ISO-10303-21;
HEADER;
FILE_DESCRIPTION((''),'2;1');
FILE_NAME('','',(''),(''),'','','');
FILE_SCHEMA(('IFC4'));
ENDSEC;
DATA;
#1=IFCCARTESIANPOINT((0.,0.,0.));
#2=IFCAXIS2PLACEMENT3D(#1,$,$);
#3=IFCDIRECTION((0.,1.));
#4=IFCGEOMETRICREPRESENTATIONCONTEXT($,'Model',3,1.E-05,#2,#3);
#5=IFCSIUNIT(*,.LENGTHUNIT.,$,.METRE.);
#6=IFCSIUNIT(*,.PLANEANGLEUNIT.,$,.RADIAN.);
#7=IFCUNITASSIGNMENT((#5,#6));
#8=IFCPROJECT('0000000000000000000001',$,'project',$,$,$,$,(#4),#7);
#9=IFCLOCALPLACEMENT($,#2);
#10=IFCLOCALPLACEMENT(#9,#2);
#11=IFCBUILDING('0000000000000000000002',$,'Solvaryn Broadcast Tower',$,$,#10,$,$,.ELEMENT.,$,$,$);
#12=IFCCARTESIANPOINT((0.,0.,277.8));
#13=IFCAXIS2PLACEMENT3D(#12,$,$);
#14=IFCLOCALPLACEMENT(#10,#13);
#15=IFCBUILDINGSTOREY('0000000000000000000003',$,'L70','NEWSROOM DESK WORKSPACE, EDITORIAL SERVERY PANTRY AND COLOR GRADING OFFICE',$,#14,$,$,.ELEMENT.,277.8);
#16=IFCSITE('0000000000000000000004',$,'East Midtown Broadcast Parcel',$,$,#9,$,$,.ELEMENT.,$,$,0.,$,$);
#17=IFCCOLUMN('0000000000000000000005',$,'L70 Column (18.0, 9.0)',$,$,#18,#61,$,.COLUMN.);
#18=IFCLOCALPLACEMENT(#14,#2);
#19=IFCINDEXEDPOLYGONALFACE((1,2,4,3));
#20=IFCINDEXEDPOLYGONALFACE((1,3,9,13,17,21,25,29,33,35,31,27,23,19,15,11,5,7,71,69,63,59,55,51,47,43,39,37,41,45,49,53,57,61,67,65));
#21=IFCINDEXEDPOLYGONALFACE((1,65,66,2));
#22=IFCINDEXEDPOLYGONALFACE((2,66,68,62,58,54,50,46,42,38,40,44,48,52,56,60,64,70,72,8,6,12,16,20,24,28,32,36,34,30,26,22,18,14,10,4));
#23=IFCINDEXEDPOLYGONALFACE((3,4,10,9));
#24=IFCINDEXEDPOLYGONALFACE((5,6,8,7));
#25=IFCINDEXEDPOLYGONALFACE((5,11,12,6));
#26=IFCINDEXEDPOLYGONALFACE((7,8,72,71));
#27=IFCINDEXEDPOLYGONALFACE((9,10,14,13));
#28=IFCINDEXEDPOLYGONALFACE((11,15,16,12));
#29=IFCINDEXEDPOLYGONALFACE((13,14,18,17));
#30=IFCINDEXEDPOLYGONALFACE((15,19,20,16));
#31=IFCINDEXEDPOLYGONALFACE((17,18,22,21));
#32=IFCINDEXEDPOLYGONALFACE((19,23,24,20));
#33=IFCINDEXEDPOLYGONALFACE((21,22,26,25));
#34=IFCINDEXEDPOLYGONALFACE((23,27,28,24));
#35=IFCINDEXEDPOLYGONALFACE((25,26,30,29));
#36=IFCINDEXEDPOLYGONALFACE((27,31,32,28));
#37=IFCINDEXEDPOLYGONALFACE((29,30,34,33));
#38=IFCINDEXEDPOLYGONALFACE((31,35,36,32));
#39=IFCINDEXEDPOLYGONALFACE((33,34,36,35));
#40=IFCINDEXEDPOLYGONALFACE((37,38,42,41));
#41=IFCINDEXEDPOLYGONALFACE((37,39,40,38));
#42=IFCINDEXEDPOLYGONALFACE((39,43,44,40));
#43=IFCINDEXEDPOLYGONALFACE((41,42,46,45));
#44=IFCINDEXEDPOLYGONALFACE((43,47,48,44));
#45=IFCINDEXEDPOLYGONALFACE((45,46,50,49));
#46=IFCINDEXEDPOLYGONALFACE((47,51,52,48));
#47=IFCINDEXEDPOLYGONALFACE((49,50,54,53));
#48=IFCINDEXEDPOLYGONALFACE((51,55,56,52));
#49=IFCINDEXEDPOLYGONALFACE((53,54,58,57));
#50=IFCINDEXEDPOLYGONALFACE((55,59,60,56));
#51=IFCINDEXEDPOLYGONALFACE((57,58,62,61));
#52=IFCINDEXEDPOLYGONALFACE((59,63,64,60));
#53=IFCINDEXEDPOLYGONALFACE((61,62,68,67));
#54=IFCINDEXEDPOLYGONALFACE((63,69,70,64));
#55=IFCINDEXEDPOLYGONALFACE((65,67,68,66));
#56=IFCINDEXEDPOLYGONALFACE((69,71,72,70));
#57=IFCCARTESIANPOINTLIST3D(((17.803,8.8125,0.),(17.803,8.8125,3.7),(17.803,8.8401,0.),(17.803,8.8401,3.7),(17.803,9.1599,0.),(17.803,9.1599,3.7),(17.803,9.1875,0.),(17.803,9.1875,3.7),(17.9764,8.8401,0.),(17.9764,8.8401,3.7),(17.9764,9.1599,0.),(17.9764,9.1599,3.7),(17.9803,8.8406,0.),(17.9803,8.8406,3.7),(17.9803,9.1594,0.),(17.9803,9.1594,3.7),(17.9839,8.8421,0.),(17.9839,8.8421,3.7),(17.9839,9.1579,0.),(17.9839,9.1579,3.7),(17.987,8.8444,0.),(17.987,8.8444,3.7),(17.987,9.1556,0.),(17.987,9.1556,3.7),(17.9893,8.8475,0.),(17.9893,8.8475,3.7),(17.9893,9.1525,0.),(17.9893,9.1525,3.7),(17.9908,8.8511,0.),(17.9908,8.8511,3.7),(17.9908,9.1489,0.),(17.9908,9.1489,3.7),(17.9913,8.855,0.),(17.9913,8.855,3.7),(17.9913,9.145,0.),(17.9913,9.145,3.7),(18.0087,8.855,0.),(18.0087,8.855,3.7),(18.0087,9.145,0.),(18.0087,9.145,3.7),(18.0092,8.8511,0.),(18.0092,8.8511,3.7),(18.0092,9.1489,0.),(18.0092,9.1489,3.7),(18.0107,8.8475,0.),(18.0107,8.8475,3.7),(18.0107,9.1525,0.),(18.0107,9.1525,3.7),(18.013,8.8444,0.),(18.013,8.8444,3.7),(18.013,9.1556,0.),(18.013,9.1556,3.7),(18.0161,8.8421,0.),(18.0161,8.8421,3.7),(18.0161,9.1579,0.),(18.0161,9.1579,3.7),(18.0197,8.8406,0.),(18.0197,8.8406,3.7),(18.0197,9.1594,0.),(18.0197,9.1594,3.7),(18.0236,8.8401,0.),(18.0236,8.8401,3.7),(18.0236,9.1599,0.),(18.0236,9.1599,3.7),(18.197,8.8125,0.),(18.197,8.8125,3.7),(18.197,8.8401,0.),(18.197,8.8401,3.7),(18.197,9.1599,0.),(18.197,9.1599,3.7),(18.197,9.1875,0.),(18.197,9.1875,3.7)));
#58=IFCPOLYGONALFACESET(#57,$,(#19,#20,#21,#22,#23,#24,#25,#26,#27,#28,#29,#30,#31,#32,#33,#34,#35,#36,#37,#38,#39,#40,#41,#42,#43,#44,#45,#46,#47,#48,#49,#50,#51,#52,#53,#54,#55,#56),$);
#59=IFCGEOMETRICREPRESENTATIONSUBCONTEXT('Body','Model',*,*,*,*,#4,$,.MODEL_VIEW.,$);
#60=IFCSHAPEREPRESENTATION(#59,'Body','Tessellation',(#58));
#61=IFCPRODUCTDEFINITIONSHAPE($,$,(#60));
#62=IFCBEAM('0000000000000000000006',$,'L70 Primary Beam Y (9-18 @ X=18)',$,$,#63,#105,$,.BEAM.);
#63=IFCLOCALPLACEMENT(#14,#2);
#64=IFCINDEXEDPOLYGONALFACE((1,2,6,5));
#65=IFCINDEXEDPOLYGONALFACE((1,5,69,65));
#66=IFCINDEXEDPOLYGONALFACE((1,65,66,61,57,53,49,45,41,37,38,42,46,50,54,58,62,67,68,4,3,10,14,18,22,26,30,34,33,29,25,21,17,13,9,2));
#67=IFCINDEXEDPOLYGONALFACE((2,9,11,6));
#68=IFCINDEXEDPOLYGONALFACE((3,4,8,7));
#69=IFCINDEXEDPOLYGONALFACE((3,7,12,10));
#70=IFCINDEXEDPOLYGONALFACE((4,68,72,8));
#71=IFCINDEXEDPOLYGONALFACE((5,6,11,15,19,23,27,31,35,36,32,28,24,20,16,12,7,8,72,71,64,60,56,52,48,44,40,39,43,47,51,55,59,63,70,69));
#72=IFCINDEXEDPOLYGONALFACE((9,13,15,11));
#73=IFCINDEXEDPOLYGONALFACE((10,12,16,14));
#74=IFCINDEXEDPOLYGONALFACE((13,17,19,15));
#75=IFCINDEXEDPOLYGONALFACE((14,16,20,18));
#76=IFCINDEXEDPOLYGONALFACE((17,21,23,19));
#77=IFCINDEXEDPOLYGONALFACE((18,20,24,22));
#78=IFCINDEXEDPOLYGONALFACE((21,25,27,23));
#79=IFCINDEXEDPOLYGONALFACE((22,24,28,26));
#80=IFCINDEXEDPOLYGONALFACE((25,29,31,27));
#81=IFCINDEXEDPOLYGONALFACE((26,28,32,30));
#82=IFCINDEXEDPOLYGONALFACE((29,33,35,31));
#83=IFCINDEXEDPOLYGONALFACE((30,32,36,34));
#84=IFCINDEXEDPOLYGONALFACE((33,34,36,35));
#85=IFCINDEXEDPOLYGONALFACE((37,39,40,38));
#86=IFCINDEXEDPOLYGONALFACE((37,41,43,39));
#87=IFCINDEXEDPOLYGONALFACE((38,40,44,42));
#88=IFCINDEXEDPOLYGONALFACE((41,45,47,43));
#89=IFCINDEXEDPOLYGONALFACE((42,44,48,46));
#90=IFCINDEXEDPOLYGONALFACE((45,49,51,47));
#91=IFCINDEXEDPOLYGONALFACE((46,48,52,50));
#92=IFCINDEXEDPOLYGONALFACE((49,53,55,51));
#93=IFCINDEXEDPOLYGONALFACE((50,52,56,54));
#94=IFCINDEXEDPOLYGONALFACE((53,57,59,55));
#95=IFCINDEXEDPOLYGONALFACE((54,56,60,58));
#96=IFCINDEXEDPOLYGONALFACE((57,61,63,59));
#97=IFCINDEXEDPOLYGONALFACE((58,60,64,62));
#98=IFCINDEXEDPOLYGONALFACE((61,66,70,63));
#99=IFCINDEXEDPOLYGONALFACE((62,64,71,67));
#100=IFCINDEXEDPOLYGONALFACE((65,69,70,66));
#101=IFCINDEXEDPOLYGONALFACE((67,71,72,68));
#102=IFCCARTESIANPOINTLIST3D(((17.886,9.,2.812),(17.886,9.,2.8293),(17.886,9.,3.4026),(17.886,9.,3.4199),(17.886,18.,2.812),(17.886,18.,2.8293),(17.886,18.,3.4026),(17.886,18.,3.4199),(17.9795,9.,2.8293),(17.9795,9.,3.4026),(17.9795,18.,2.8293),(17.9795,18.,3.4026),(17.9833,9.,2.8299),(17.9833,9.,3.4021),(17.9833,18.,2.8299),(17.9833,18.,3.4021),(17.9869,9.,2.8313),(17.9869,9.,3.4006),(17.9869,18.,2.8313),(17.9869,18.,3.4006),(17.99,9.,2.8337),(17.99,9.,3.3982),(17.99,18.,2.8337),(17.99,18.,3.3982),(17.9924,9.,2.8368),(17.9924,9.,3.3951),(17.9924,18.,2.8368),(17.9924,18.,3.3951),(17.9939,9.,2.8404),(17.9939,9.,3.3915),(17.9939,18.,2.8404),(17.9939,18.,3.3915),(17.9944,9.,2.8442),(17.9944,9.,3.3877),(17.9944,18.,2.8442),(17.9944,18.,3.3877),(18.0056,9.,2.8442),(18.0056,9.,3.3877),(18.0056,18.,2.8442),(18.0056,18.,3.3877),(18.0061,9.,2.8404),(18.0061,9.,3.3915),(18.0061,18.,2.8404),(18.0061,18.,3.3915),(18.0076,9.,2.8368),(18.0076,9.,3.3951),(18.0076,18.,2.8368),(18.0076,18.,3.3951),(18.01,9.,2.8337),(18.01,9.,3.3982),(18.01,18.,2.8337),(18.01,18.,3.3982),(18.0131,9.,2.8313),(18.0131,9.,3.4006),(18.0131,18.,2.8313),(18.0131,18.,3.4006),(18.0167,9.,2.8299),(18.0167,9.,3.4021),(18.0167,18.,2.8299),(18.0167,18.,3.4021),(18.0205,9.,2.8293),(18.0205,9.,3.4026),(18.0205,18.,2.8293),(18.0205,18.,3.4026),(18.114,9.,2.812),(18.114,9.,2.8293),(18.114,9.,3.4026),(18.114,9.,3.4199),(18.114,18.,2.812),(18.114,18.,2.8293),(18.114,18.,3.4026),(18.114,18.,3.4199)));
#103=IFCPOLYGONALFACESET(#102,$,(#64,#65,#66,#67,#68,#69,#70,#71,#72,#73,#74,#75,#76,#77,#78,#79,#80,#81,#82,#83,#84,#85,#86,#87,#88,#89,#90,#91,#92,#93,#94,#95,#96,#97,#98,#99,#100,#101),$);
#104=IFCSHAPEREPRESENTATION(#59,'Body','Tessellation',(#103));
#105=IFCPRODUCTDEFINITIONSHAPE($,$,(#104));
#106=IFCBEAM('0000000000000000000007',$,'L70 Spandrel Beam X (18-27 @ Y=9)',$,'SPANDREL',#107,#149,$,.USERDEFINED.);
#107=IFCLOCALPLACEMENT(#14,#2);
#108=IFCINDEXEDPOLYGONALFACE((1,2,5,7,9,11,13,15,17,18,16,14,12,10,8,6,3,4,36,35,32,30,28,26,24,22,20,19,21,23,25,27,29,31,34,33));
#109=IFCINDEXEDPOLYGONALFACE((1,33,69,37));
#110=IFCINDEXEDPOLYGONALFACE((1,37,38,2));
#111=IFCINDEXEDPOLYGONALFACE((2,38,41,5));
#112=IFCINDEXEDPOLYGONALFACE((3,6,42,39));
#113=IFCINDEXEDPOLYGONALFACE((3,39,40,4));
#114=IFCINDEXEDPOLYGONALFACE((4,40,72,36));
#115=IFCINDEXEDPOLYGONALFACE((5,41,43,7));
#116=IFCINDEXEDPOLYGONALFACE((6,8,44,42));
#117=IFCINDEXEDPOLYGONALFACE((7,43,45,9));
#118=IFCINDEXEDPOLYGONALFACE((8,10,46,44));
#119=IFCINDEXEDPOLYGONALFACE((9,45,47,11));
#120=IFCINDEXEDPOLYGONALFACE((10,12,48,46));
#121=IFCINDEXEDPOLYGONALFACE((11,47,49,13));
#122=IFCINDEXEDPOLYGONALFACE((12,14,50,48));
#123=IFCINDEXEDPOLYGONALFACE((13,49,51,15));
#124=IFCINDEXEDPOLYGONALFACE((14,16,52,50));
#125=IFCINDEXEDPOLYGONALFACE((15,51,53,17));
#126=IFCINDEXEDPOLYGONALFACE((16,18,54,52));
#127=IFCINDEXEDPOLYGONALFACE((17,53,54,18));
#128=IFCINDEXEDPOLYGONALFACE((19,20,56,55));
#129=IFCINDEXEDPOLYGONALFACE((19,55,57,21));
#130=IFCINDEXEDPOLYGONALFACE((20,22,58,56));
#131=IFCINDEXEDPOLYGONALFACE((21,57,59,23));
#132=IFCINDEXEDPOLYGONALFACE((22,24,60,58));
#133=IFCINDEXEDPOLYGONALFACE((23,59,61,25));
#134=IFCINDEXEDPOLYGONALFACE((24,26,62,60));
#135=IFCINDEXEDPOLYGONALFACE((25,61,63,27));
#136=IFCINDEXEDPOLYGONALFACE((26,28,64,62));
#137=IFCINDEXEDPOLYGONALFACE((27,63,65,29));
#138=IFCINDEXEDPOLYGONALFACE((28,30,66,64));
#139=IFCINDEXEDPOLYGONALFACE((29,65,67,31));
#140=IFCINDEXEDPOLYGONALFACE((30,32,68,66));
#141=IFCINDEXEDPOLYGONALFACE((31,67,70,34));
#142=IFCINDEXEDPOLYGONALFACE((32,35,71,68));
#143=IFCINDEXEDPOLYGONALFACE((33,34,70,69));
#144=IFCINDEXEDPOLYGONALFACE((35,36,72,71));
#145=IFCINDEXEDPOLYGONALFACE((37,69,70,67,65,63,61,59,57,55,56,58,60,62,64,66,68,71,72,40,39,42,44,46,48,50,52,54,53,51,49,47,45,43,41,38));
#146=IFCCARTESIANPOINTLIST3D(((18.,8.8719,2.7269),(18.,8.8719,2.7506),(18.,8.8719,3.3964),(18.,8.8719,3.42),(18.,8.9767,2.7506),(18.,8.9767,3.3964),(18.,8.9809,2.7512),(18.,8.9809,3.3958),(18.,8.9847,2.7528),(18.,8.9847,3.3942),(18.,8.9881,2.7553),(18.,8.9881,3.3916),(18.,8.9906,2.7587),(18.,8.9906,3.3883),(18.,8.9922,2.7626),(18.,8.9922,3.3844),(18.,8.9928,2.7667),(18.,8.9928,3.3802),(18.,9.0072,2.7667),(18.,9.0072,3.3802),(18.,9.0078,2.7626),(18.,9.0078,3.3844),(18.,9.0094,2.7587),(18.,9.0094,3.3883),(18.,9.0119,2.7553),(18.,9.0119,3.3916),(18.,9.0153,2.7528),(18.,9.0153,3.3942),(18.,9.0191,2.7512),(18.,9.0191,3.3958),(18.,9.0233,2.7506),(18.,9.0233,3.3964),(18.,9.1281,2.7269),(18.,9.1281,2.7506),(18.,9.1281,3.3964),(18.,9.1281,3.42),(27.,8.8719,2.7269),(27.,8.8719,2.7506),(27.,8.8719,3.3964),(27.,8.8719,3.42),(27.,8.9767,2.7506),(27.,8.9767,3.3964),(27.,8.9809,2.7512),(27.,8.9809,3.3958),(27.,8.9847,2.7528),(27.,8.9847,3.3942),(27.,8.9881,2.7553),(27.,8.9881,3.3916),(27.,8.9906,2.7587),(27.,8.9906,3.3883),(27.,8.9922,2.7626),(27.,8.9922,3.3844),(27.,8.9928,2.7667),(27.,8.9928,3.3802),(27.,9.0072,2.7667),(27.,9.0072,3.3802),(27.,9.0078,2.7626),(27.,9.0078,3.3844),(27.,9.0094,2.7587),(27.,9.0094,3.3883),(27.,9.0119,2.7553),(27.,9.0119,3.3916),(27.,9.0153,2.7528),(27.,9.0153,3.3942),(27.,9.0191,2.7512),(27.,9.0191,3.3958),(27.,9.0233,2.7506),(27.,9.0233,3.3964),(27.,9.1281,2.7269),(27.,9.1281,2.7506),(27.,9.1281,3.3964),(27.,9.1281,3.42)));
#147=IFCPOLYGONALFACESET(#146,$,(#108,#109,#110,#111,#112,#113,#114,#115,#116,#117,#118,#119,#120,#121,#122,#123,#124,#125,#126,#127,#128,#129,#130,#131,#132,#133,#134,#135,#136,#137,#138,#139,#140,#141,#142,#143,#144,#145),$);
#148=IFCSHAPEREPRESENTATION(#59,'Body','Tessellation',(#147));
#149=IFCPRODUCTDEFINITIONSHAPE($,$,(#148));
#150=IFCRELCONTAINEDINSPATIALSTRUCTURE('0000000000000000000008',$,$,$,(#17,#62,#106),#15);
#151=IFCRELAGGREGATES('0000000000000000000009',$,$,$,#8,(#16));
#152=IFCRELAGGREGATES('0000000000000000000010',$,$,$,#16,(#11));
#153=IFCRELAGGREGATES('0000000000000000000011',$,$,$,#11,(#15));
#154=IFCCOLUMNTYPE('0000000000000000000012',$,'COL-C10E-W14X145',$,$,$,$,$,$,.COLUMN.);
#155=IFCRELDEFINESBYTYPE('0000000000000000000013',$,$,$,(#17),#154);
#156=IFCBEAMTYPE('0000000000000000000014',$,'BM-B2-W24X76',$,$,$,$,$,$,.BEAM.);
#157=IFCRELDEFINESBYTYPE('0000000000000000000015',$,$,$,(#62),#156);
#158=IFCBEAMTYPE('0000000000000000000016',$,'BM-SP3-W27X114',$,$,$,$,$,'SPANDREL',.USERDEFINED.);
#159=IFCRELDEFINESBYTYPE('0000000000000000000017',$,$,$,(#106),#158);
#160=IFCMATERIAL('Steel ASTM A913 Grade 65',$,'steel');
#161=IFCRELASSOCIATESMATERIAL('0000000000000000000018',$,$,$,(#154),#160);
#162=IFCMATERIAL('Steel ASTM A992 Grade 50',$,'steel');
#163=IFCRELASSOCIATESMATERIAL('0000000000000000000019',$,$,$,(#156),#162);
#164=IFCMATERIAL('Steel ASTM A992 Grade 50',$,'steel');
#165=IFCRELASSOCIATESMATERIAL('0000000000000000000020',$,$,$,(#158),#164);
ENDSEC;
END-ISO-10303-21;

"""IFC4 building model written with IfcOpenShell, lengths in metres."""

from ifc_helpers import new_model, si_unit, direction, frame, origin, origin_2d, place, context, subcontext, project, spatial, i_section, extrude, material, material_profile, profile_set, type_object, element, save


model = new_model("IFC4")

# Units and contexts
model_context = context("Model", 3, precision=1e-05, world=origin(), true_north=direction((0.0, 1.0)))
body_context = subcontext(model_context, "Body", "Model", "MODEL_VIEW")
ifc_project = project(units=[si_unit("LENGTHUNIT", "METRE"), si_unit("PLANEANGLEUNIT", "RADIAN")], contexts=[model_context])

# Site, building, storey
site_placement = place(None, origin())
site = spatial("IfcSite", under=ifc_project, at=site_placement, Name="East Midtown Broadcast Parcel", CompositionType="ELEMENT", RefElevation=0.0)
building_placement = place(site_placement, origin())
building = spatial("IfcBuilding", under=site, at=building_placement, Name="Solvaryn Broadcast Tower", CompositionType="ELEMENT")
storey_placement = place(building_placement, frame((0.0, 0.0, 277.8)))
storey = spatial("IfcBuildingStorey", under=building, at=storey_placement, Name="L70", Description="NEWSROOM DESK WORKSPACE, EDITORIAL SERVERY PANTRY AND COLOR GRADING OFFICE", CompositionType="ELEMENT", Elevation=277.8)

# Column
ifc_material_1 = material(Name="Steel ASTM A913 Grade 65", Category="steel")
ifc_material_profile_1 = material_profile(ifc_material_1, i_section(OverallWidth=0.394, OverallDepth=0.375, WebThickness=0.0173, FlangeThickness=0.0276, FilletRadius=0.0149, at=origin_2d()))
ifc_profile_set_1 = profile_set([ifc_material_profile_1], Name="Steel ASTM A913 Grade 65")
column_type = type_object("IfcColumnType", Name="COL-C10E-W14X145", PredefinedType="COLUMN", material=ifc_profile_set_1)
column_placement = place(storey_placement, frame((18.0, 9.0, 0.0), z_axis=(0.0, 0.0, 1.0), x_axis=(1.0, 0.0, 0.0)))
element("IfcColumn", 1, at=column_placement, inside=storey, type_object=column_type, Name="L70 Column (18.0, 9.0)", PredefinedType="COLUMN", context=body_context, shape_type="SweptSolid", body=[
    extrude(i_section(OverallWidth=0.394, OverallDepth=0.375, WebThickness=0.0173, FlangeThickness=0.0276, FilletRadius=0.0149, at=origin_2d()), origin(), (0.0, 0.0, 1.0), 3.7),
])

# Beams
ifc_material_2 = material(Name="Steel ASTM A992 Grade 50", Category="steel")
ifc_material_profile_2 = material_profile(ifc_material_2, i_section(OverallWidth=0.228, OverallDepth=0.6079, WebThickness=0.0112, FlangeThickness=0.0173, FilletRadius=0.0149, at=origin_2d()))
ifc_profile_set_2 = profile_set([ifc_material_profile_2], Name="Steel ASTM A992 Grade 50")
beam_type_1 = type_object("IfcBeamType", Name="BM-B2-W24X76", PredefinedType="BEAM", material=ifc_profile_set_2)
beam_1_placement = place(storey_placement, frame((18.0, 9.0, 3.116), z_axis=(0.0, 1.0, 0.0), x_axis=(-1.0, 0.0, 0.0)))
element("IfcBeam", 2, at=beam_1_placement, inside=storey, type_object=beam_type_1, Name="L70 Primary Beam Y (9-18 @ X=18)", PredefinedType="BEAM", context=body_context, shape_type="SweptSolid", body=[
    extrude(i_section(OverallWidth=0.228, OverallDepth=0.6079, WebThickness=0.0112, FlangeThickness=0.0173, FilletRadius=0.0149, at=origin_2d()), origin(), (0.0, 0.0, 1.0), 9.0),
])
ifc_material_3 = material(Name="Steel ASTM A992 Grade 50", Category="steel")
ifc_material_profile_3 = material_profile(ifc_material_3, i_section(OverallWidth=0.2561, OverallDepth=0.6931, WebThickness=0.0144, FlangeThickness=0.0237, FilletRadius=0.0161, at=origin_2d()))
ifc_profile_set_3 = profile_set([ifc_material_profile_3], Name="Steel ASTM A992 Grade 50")
beam_type_2 = type_object("IfcBeamType", Name="BM-SP3-W27X114", ElementType="SPANDREL", PredefinedType="USERDEFINED", material=ifc_profile_set_3)
beam_2_placement = place(storey_placement, frame((18.0, 9.0, 3.0735), z_axis=(1.0, 0.0, 0.0), x_axis=(0.0, 1.0, 0.0)))
element("IfcBeam", 3, at=beam_2_placement, inside=storey, type_object=beam_type_2, Name="L70 Spandrel Beam X (18-27 @ Y=9)", ObjectType="SPANDREL", PredefinedType="USERDEFINED", context=body_context, shape_type="SweptSolid", body=[
    extrude(i_section(OverallWidth=0.2561, OverallDepth=0.6931, WebThickness=0.0144, FlangeThickness=0.0237, FilletRadius=0.0161, at=origin_2d()), origin(), (0.0, 0.0, 1.0), 9.0),
])

save(model, "model.ifc")
